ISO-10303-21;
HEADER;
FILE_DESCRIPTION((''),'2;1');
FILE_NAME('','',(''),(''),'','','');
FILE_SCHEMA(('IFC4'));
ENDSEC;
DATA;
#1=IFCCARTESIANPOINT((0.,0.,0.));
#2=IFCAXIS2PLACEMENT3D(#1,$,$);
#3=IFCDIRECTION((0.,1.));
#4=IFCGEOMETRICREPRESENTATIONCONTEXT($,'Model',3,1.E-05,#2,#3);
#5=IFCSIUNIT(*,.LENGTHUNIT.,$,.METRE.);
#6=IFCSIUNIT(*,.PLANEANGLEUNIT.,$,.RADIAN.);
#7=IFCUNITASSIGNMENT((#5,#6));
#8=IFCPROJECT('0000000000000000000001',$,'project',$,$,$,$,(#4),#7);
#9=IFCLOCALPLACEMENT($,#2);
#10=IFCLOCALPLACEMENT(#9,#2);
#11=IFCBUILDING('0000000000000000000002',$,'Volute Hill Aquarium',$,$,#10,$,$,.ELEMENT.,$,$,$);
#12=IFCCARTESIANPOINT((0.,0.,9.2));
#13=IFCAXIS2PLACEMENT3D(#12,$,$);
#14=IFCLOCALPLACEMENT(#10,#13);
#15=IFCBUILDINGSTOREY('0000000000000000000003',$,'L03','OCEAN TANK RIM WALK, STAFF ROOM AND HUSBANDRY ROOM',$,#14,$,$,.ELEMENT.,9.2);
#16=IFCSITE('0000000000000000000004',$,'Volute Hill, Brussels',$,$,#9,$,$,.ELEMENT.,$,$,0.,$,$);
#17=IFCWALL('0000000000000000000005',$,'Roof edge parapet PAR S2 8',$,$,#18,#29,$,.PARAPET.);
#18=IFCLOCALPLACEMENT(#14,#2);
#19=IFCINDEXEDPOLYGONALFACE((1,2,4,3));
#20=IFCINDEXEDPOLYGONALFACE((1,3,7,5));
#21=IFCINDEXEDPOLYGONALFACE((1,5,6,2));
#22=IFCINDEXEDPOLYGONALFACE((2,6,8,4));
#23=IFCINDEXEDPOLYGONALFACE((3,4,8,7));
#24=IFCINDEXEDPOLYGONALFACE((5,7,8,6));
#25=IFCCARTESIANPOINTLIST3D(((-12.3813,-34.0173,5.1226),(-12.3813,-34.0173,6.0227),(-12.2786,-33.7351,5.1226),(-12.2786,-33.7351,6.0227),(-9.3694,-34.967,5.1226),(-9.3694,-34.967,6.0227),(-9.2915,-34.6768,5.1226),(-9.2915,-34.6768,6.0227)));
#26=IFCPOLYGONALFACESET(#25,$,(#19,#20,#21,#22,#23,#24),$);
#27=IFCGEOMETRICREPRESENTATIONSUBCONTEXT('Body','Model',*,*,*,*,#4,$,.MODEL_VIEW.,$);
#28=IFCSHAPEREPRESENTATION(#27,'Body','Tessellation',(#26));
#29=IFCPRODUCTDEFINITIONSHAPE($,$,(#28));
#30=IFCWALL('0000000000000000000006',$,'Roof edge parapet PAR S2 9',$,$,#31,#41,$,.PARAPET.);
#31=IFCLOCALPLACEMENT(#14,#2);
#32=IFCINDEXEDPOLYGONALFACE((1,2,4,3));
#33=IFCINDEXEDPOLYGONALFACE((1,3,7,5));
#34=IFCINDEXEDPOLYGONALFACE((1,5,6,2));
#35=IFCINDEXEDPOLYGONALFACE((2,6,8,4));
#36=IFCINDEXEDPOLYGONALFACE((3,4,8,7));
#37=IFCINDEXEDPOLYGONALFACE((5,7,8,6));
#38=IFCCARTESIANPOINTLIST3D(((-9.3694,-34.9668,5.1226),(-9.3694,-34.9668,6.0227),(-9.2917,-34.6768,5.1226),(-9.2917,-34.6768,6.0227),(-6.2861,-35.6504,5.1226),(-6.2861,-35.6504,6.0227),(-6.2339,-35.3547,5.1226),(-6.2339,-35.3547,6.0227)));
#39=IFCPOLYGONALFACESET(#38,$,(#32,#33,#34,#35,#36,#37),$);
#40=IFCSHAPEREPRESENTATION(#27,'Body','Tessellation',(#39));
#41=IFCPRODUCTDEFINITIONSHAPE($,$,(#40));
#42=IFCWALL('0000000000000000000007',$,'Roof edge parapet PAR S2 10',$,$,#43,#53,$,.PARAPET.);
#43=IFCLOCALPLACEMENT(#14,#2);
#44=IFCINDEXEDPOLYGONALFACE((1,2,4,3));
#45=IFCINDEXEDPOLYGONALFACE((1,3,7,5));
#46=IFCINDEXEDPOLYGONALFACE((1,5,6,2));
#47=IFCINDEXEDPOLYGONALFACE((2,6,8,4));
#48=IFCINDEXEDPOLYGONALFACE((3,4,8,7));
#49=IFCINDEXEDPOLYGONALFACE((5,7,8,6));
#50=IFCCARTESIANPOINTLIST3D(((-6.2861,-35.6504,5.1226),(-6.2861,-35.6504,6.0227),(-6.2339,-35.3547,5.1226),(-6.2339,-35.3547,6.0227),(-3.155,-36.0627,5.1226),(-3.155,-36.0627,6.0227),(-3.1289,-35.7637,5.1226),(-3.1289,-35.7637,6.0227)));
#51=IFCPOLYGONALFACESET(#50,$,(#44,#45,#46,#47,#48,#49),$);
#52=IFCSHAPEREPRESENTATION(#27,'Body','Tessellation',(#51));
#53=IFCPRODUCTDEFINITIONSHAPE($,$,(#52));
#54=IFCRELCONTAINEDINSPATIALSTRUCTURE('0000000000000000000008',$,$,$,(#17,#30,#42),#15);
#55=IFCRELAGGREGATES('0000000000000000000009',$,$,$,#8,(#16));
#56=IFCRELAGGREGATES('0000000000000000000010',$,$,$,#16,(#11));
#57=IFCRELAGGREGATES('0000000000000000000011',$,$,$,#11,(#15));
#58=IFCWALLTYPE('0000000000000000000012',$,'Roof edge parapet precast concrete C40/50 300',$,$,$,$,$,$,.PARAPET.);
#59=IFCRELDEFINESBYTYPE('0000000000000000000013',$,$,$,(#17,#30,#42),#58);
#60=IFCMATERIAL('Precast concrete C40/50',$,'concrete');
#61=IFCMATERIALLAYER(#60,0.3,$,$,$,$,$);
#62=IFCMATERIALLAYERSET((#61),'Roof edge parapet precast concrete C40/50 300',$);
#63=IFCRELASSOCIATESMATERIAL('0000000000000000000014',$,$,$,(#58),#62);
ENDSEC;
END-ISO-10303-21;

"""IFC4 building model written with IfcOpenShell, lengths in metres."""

from ifc_helpers import new_model, si_unit, direction, frame, origin, place, context, subcontext, project, spatial, polyline, outline, extrude, material, layer, layer_set, type_object, element, save


model = new_model("IFC4")

# Units and contexts
model_context = context("Model", 3, precision=1e-05, world=origin(), true_north=direction((0.0, 1.0)))
body_context = subcontext(model_context, "Body", "Model", "MODEL_VIEW")
ifc_project = project(units=[si_unit("LENGTHUNIT", "METRE"), si_unit("PLANEANGLEUNIT", "RADIAN")], contexts=[model_context])

# Site, building, storey
site_placement = place(None, origin())
site = spatial("IfcSite", under=ifc_project, at=site_placement, Name="Volute Hill, Brussels", CompositionType="ELEMENT", RefElevation=0.0)
building_placement = place(site_placement, origin())
building = spatial("IfcBuilding", under=site, at=building_placement, Name="Volute Hill Aquarium", CompositionType="ELEMENT")
storey_placement = place(building_placement, frame((0.0, 0.0, 9.2)))
storey = spatial("IfcBuildingStorey", under=building, at=storey_placement, Name="L03", Description="OCEAN TANK RIM WALK, STAFF ROOM AND HUSBANDRY ROOM", CompositionType="ELEMENT", Elevation=9.2)

# Walls
ifc_material_1 = material(Name="Precast concrete C40/50", Category="concrete")
ifc_layer_1 = layer(ifc_material_1, 0.3)
ifc_layer_set_1 = layer_set([ifc_layer_1], Name="Roof edge parapet precast concrete C40/50 300")
wall_type_1 = type_object("IfcWallType", Name="Roof edge parapet precast concrete C40/50 300", PredefinedType="PARAPET", material=ifc_layer_set_1)
wall_1_placement = place(storey_placement, frame((0.0, 0.0, 5.1226)))
element("IfcWall", 1, at=wall_1_placement, inside=storey, type_object=wall_type_1, Name="Roof edge parapet PAR S2 8", PredefinedType="PARAPET", context=body_context, shape_type="SweptSolid", body=[
    extrude(outline(polyline([(-12.2786, -33.7351), (-12.3813, -34.0173), (-9.3694, -34.967), (-9.2915, -34.6768), (-12.2786, -33.7351)])), origin(), (0.0, 0.0, 1.0), 0.9001),
])
wall_2_placement = place(storey_placement, frame((0.0, 0.0, 5.1226)))
element("IfcWall", 2, at=wall_2_placement, inside=storey, type_object=wall_type_1, Name="Roof edge parapet PAR S2 9", PredefinedType="PARAPET", context=body_context, shape_type="SweptSolid", body=[
    extrude(outline(polyline([(-9.2917, -34.6768), (-9.3694, -34.9668), (-6.2861, -35.6504), (-6.2339, -35.3547), (-9.2917, -34.6768)])), origin(), (0.0, 0.0, 1.0), 0.9001),
])
wall_3_placement = place(storey_placement, frame((0.0, 0.0, 5.1226)))
element("IfcWall", 3, at=wall_3_placement, inside=storey, type_object=wall_type_1, Name="Roof edge parapet PAR S2 10", PredefinedType="PARAPET", context=body_context, shape_type="SweptSolid", body=[
    extrude(outline(polyline([(-3.155, -36.0627), (-3.1289, -35.7637), (-6.2339, -35.3547), (-6.2861, -35.6504), (-3.155, -36.0627)])), origin(), (0.0, 0.0, 1.0), 0.9001),
])

save(model, "model.ifc")
